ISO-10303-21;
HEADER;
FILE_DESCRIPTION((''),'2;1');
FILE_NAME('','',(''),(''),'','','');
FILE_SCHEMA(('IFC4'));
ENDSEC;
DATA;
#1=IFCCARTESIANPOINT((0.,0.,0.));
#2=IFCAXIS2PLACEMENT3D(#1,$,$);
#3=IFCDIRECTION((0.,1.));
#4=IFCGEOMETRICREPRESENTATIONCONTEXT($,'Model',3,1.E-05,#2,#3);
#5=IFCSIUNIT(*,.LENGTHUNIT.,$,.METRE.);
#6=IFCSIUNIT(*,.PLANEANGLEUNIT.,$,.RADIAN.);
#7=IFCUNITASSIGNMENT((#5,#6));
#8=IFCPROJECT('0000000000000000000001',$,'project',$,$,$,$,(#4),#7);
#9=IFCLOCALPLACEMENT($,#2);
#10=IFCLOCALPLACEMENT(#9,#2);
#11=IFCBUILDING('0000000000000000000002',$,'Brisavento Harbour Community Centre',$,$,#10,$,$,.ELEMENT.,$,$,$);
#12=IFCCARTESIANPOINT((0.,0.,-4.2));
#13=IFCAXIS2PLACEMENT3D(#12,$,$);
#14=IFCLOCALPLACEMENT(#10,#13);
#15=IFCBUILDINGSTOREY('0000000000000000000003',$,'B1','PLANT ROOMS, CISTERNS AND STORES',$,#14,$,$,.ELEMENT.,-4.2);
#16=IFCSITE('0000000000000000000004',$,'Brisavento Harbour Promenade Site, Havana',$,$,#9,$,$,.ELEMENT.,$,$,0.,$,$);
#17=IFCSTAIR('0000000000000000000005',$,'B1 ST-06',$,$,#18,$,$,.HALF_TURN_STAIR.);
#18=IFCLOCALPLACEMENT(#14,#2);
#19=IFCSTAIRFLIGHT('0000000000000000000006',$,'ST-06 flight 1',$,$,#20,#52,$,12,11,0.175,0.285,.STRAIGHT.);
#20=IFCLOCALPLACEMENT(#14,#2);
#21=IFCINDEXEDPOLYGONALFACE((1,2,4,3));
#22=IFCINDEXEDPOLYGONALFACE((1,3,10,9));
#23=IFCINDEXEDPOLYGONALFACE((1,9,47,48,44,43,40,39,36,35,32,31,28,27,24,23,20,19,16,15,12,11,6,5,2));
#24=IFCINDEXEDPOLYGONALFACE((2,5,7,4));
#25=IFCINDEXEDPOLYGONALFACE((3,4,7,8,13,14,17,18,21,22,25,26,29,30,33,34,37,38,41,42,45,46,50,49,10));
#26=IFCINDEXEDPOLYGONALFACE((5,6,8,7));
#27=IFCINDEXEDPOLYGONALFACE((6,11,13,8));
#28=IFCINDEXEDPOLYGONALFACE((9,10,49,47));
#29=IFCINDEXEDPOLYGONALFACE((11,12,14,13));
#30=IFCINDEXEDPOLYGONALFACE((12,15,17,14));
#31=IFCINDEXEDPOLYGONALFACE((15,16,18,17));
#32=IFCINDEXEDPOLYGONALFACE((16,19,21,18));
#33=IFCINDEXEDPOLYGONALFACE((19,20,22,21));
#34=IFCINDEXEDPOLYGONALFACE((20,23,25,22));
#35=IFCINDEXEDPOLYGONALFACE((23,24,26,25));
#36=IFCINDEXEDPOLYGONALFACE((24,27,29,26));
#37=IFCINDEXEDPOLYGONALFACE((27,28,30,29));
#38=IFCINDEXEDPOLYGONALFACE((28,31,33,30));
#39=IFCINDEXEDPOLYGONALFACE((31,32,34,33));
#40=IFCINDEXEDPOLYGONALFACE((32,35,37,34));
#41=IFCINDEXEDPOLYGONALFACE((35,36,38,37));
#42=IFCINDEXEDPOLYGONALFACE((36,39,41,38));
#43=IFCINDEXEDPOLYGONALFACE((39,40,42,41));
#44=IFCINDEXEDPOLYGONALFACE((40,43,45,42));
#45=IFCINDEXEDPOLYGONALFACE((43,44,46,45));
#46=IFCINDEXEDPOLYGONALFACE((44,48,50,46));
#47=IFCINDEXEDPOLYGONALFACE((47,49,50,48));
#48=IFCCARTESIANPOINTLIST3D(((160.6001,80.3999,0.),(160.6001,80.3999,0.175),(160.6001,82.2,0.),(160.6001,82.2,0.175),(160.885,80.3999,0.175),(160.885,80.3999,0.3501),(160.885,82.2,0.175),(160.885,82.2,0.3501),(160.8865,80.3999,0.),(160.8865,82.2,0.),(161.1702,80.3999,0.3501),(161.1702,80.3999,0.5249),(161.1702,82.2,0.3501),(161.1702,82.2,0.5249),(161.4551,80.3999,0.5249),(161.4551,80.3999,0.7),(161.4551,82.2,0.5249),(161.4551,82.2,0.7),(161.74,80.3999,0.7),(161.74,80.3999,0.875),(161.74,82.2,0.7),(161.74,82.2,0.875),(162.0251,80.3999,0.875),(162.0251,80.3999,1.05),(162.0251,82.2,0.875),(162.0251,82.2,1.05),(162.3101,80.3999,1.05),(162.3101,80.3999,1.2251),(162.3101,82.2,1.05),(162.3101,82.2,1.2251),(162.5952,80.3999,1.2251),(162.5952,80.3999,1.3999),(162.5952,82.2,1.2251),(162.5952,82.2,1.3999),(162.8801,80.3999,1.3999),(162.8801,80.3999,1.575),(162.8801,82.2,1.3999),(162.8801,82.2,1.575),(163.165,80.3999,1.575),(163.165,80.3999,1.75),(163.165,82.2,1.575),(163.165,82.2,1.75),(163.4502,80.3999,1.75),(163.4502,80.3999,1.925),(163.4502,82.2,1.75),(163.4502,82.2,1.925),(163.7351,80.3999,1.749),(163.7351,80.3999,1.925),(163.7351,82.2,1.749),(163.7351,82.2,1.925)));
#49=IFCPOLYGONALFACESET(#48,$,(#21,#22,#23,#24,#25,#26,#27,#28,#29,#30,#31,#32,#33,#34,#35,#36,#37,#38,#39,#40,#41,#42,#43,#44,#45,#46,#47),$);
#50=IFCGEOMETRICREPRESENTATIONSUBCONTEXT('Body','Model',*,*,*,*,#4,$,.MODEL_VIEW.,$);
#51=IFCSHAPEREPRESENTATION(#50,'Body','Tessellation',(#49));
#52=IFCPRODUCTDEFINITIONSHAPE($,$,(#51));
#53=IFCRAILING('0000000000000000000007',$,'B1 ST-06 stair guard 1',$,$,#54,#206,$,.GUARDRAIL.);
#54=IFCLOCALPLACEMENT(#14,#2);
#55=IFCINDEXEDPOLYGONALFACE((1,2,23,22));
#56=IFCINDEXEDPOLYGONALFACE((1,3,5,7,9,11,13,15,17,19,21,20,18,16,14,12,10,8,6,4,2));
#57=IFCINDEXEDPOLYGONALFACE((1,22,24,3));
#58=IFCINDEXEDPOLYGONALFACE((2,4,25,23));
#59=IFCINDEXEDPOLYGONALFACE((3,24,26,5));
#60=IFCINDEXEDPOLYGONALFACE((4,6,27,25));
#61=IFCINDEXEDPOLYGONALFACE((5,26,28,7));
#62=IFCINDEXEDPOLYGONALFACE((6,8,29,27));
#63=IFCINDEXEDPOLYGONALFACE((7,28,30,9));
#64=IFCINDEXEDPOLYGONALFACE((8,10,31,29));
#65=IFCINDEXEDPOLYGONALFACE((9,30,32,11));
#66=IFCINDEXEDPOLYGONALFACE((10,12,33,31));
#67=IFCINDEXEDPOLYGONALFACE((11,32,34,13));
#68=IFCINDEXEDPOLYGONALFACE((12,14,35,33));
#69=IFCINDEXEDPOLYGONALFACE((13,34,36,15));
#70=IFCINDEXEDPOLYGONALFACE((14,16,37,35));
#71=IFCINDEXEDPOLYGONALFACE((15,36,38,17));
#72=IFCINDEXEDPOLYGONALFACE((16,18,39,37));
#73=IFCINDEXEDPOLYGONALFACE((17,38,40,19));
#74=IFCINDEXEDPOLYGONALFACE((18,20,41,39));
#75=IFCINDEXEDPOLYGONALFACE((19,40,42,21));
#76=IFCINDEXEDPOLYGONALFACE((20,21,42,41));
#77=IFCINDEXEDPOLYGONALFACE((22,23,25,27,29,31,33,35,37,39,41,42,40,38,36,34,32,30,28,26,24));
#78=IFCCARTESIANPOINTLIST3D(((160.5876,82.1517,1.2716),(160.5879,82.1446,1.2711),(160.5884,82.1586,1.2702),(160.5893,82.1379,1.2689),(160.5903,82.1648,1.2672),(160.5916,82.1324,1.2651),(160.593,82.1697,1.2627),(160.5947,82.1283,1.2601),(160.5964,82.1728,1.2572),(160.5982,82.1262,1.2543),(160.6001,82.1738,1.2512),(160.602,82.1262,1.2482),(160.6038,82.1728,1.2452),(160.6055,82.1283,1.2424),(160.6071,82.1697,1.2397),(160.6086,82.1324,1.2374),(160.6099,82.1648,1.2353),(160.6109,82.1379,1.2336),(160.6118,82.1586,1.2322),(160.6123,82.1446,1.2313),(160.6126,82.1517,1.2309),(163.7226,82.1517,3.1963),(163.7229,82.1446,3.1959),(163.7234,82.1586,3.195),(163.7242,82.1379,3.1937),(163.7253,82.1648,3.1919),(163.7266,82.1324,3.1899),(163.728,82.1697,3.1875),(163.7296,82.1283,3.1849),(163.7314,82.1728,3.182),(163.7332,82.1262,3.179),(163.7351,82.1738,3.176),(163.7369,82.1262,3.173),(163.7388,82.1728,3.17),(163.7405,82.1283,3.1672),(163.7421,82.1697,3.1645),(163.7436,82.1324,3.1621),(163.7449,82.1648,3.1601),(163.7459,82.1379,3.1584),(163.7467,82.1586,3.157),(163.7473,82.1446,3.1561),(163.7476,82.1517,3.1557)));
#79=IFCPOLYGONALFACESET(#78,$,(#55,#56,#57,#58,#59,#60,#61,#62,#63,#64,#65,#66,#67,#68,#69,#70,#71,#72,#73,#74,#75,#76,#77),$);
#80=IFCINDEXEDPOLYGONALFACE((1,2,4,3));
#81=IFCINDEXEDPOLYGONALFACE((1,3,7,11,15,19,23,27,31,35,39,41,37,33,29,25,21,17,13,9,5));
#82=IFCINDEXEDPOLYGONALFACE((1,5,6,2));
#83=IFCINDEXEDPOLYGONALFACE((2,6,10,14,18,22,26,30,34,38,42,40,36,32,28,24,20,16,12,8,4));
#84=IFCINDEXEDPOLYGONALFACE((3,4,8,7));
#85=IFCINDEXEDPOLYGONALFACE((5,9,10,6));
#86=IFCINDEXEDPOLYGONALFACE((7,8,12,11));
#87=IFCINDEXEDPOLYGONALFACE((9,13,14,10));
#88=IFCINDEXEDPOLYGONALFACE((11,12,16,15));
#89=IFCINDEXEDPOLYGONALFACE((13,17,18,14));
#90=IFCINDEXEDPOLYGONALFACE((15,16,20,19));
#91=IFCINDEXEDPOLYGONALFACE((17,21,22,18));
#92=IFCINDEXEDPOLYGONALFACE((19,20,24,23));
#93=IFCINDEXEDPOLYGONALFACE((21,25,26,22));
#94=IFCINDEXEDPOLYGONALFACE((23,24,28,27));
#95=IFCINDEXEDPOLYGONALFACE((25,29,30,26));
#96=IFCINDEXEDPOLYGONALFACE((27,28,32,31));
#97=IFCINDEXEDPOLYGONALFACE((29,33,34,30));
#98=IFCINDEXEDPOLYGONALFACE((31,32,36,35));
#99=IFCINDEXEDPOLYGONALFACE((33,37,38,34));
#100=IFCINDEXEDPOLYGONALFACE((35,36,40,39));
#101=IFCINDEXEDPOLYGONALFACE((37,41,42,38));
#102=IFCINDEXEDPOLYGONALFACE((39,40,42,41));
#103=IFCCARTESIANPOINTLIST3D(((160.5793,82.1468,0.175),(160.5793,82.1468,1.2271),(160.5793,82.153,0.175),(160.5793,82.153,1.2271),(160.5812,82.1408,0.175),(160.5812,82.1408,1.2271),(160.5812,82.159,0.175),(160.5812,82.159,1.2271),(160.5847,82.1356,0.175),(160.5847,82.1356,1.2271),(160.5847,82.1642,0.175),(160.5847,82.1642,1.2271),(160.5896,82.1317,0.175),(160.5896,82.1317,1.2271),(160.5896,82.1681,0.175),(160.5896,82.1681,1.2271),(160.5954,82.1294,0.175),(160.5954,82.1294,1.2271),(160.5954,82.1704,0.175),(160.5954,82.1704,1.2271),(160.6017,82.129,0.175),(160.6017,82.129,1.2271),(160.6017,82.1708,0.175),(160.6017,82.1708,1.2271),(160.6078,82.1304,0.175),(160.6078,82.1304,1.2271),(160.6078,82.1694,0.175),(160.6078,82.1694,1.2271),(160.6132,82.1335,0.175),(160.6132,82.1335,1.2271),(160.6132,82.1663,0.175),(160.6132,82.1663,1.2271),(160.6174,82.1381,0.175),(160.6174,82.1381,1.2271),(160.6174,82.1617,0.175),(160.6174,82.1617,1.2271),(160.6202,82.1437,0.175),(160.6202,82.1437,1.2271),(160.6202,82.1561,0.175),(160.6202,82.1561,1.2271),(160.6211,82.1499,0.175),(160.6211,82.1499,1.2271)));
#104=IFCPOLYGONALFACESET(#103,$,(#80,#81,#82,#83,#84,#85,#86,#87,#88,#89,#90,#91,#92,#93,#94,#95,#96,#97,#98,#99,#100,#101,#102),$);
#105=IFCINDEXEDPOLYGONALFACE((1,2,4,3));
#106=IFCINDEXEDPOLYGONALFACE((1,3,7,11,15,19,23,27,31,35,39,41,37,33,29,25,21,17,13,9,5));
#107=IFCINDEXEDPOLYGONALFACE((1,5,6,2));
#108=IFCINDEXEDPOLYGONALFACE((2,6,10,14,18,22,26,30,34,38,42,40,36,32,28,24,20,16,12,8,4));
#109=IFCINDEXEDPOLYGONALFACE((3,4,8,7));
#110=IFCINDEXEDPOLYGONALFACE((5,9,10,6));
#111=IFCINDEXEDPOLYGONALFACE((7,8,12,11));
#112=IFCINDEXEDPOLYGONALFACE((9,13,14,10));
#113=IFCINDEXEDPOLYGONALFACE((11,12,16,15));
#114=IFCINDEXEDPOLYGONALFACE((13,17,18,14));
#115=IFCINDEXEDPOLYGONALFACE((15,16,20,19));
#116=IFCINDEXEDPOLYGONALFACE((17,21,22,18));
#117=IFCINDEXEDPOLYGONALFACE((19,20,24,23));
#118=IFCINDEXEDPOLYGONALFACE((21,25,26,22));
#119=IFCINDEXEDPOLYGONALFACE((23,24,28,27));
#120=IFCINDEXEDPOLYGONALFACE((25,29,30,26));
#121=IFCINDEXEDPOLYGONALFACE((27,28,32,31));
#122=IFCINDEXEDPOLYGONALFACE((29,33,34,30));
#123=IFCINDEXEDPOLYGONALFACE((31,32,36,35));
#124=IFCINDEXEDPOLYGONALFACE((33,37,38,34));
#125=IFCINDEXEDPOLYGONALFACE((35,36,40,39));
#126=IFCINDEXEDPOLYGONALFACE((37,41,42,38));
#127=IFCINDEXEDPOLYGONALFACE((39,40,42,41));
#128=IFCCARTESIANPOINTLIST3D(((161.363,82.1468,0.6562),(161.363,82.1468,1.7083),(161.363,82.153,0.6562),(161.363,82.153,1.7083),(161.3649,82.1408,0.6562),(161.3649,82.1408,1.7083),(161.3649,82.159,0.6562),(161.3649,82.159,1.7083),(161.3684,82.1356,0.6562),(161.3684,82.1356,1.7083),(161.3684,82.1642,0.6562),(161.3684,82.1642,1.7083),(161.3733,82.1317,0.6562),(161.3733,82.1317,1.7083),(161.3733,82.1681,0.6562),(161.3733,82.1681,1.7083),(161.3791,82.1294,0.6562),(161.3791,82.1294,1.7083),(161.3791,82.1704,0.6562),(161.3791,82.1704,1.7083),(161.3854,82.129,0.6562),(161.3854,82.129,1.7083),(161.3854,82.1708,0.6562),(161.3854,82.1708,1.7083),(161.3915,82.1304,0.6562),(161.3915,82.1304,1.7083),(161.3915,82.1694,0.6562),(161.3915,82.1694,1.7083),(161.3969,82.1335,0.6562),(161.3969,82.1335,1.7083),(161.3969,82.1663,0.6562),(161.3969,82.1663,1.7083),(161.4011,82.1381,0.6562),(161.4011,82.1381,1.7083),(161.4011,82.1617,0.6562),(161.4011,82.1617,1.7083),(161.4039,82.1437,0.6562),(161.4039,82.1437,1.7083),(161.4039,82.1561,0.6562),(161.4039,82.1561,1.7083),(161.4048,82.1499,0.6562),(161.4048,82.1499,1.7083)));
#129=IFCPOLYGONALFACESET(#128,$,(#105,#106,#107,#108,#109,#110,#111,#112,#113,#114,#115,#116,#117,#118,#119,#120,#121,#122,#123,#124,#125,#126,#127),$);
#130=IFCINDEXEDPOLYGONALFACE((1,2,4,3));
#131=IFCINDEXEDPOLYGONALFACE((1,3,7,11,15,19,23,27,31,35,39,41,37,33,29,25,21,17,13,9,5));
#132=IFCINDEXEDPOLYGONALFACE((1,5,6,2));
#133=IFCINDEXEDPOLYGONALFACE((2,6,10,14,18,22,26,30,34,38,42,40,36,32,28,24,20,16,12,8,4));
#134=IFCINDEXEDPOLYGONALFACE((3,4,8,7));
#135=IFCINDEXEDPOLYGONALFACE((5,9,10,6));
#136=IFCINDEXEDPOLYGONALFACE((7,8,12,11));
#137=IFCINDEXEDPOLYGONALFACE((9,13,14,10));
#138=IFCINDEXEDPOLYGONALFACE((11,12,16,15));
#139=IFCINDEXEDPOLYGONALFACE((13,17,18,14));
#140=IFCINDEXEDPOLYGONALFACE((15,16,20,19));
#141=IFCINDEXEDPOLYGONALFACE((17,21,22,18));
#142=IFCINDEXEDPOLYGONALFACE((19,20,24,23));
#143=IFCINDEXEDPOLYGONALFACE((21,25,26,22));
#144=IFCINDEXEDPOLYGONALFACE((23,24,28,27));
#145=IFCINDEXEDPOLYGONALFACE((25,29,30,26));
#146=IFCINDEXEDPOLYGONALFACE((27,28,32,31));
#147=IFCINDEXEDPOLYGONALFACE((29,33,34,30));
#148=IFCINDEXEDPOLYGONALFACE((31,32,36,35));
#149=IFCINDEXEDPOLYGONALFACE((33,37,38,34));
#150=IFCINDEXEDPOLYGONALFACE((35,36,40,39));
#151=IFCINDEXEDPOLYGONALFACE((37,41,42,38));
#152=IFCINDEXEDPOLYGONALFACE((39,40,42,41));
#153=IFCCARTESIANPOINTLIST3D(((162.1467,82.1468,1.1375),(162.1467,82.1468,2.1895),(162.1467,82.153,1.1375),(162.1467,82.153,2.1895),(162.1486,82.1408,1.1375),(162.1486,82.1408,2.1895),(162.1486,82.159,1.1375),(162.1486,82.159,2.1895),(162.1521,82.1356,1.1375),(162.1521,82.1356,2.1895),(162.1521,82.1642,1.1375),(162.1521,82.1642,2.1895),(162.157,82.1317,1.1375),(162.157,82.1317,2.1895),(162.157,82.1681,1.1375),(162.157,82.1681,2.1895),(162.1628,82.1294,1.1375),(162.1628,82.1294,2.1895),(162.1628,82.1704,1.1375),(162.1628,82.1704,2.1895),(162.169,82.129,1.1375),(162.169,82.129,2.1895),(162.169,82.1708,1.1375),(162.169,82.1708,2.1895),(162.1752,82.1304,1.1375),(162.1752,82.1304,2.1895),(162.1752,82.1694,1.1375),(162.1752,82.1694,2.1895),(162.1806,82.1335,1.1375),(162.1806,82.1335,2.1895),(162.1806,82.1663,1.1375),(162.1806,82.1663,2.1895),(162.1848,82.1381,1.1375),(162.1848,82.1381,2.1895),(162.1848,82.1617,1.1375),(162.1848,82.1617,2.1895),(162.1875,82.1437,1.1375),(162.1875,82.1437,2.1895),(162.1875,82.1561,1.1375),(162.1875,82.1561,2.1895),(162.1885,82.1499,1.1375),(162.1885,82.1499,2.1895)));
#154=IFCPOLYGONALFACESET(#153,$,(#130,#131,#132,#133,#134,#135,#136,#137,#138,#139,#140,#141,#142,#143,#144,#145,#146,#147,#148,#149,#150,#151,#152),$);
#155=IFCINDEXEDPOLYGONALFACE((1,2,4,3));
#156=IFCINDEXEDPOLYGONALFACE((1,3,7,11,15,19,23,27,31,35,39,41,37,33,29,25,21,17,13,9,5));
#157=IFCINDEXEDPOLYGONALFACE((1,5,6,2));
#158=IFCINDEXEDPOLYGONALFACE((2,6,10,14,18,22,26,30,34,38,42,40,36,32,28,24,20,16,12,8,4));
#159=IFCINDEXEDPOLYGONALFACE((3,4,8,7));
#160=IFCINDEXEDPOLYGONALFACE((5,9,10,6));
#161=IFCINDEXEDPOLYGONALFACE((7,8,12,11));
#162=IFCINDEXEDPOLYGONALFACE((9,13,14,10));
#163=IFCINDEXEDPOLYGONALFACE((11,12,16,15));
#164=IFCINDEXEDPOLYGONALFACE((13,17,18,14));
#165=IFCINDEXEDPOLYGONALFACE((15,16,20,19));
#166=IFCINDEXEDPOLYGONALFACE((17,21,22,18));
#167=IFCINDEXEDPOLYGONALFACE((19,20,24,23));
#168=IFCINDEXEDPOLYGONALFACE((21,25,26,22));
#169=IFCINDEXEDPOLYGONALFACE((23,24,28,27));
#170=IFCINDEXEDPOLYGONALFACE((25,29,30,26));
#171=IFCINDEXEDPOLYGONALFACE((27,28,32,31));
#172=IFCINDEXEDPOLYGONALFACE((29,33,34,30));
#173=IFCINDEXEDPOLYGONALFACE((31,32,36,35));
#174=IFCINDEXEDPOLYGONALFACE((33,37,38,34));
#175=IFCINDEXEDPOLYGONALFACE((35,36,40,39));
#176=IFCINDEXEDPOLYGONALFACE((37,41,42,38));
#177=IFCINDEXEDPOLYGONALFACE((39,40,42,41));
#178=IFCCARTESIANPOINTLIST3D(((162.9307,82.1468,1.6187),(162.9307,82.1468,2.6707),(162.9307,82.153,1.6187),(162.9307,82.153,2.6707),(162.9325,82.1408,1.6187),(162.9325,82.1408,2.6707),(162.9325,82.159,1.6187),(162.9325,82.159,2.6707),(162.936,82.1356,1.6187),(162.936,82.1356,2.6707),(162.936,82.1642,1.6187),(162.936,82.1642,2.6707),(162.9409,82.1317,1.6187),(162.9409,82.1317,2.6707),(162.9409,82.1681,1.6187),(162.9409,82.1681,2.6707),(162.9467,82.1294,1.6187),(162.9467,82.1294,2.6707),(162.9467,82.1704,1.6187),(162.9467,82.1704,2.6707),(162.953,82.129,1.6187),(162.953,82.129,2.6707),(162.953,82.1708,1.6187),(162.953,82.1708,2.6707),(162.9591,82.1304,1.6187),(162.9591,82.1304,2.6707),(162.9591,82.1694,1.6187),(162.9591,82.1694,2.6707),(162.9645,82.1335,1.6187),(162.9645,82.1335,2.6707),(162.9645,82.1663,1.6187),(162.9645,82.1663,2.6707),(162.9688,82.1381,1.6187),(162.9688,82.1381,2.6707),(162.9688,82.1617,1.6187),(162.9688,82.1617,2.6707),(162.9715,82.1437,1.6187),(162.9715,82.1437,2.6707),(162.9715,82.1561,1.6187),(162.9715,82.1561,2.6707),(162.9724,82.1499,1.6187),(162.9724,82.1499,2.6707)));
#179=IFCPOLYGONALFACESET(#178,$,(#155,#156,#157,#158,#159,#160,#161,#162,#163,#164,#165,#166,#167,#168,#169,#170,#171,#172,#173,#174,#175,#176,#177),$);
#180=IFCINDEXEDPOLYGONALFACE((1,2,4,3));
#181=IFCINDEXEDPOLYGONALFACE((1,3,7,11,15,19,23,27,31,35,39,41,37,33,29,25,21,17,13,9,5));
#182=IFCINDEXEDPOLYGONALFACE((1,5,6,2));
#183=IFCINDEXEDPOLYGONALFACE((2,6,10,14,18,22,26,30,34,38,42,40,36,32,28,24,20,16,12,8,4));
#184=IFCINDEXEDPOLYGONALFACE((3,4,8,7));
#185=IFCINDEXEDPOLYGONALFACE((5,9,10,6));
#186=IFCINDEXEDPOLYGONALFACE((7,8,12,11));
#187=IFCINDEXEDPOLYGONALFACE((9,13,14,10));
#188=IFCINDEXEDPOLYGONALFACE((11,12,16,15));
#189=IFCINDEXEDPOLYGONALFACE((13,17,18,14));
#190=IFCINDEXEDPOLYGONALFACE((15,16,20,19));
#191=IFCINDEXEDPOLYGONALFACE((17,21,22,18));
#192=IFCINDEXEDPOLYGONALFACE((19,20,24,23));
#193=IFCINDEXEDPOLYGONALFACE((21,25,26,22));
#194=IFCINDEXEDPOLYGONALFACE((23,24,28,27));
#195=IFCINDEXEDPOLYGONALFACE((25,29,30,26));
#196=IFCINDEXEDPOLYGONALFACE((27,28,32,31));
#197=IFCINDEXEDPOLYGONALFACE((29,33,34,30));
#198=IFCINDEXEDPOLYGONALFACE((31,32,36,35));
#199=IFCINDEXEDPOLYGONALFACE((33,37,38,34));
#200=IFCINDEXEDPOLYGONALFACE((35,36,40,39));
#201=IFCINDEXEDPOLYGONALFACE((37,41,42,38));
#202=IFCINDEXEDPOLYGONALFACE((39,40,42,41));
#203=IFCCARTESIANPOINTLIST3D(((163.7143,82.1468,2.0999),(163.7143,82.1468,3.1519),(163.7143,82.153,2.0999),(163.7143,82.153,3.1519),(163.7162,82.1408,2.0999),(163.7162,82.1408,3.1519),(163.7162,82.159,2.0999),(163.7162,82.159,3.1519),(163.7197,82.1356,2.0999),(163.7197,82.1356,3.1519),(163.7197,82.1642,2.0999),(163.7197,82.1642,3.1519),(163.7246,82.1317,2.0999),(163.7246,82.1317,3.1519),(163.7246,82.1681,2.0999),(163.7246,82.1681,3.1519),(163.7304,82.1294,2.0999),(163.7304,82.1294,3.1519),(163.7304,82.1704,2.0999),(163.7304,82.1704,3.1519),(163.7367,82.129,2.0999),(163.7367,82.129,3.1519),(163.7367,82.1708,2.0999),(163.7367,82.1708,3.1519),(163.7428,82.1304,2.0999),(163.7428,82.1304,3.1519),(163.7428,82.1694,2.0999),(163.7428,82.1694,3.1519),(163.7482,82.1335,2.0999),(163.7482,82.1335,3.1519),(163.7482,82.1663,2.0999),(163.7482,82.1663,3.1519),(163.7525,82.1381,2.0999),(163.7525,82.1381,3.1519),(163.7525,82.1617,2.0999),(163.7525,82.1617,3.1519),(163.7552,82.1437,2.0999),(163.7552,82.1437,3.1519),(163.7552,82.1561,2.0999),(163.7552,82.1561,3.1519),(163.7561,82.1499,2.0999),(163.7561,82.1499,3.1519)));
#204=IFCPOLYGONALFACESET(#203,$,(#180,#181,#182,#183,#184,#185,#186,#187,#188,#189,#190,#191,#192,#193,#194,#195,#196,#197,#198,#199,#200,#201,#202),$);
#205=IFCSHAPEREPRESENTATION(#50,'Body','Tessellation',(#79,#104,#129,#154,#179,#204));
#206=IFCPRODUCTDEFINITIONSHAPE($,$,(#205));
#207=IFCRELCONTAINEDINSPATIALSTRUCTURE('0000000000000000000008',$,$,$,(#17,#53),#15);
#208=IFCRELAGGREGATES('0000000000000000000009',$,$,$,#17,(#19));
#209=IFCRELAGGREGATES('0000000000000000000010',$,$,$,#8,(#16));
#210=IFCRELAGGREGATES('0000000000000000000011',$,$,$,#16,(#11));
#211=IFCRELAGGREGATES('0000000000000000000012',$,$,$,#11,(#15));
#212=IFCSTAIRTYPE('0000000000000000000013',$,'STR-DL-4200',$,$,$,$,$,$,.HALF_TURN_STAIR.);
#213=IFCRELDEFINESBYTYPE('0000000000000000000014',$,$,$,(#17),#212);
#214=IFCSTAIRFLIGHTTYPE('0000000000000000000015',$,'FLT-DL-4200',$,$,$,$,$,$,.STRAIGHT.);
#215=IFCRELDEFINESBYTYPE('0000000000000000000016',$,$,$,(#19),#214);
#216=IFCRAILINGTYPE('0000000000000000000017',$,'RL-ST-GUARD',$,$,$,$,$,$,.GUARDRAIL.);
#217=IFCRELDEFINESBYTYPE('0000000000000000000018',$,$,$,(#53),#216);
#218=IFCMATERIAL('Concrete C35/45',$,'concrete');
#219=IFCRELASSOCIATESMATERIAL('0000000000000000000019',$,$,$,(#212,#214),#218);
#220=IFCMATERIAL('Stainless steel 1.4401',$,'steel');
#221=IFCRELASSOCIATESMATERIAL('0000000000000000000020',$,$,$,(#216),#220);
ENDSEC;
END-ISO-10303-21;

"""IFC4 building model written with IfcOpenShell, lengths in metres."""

from ifc_helpers import new_model, si_unit, direction, frame, origin, origin_2d, place, context, subcontext, project, spatial, polyline, circle, outline, extrude, material, type_object, element, aggregate, save


model = new_model("IFC4")

# Units and contexts
model_context = context("Model", 3, precision=1e-05, world=origin(), true_north=direction((0.0, 1.0)))
body_context = subcontext(model_context, "Body", "Model", "MODEL_VIEW")
ifc_project = project(units=[si_unit("LENGTHUNIT", "METRE"), si_unit("PLANEANGLEUNIT", "RADIAN")], contexts=[model_context])

# Site, building, storey
site_placement = place(None, origin())
site = spatial("IfcSite", under=ifc_project, at=site_placement, Name="Brisavento Harbour Promenade Site, Havana", CompositionType="ELEMENT", RefElevation=0.0)
building_placement = place(site_placement, origin())
building = spatial("IfcBuilding", under=site, at=building_placement, Name="Brisavento Harbour Community Centre", CompositionType="ELEMENT")
storey_placement = place(building_placement, frame((0.0, 0.0, -4.2)))
storey = spatial("IfcBuildingStorey", under=building, at=storey_placement, Name="B1", Description="PLANT ROOMS, CISTERNS AND STORES", CompositionType="ELEMENT", Elevation=-4.2)

# Shared definitions
ifc_material_1 = material(Name="Concrete C35/45", Category="concrete")

# Stair, stair flight
stair_type = type_object("IfcStairType", Name="STR-DL-4200", PredefinedType="HALF_TURN_STAIR", material=ifc_material_1)
stair_placement = place(storey_placement, origin())
stair = element("IfcStair", 1, at=stair_placement, inside=storey, type_object=stair_type, Name="B1 ST-06", PredefinedType="HALF_TURN_STAIR")
stair_flight_type = type_object("IfcStairFlightType", Name="FLT-DL-4200", PredefinedType="STRAIGHT", material=ifc_material_1)
stair_flight_placement = place(storey_placement, frame((160.6001, 81.3, 0.0), z_axis=(0.0, 0.0, 1.0), x_axis=(1.0, 0.0, 0.0)))
stair_flight = element("IfcStairFlight", 2, at=stair_flight_placement, type_object=stair_flight_type, Name="ST-06 flight 1", NumberOfRisers=12, NumberOfTreads=11, PredefinedType="STRAIGHT", RiserHeight=0.175, TreadLength=0.285, context=body_context, shape_type="SweptSolid", body=[
    extrude(outline(polyline([(0.0, 0.0), (0.0, 0.175), (0.2849, 0.175), (0.2849, 0.3501), (0.5701, 0.3501), (0.5701, 0.5249), (0.855, 0.5249), (0.855, 0.7), (1.1399, 0.7), (1.1399, 0.875), (1.425, 0.875), (1.425, 1.05), (1.71, 1.05), (1.71, 1.2251), (1.9951, 1.2251), (1.9951, 1.3999), (2.28, 1.3999), (2.28, 1.575), (2.5649, 1.575), (2.5649, 1.75), (2.8501, 1.75), (2.8501, 1.925), (3.135, 1.925), (3.135, 2.1001), (3.135, 1.749), (0.2864, 0.0), (0.0, 0.0)])), frame((0.0, 0.8999, 0.0), z_axis=(0.0, -1.0, 0.0), x_axis=(1.0, 0.0, 0.0)), (0.0, 0.0, 1.0), 1.8),
])
aggregate(stair, [stair_flight])

# Railing
ifc_material_2 = material(Name="Stainless steel 1.4401", Category="steel")
railing_type_1 = type_object("IfcRailingType", Name="RL-ST-GUARD", PredefinedType="GUARDRAIL", material=ifc_material_2)
railing_1_placement = place(storey_placement, frame((160.6001, 82.1499, 0.175)))
element("IfcRailing", 3, at=railing_1_placement, inside=storey, type_object=railing_type_1, Name="B1 ST-06 stair guard 1", PredefinedType="GUARDRAIL", context=body_context, shape_type="SweptSolid", body=[
    extrude(circle(Radius=0.0239, at=origin_2d()), frame((0.0, 0.0, 1.0762), z_axis=(0.852196, 0.0, 0.523223), x_axis=(0.0, 1.0, 0.0)), (0.0, 0.0, 1.0), 3.6787),
    extrude(circle(Radius=0.021, at=origin_2d()), origin(), (0.0, 0.0, 1.0), 1.052),
    extrude(circle(Radius=0.021, at=origin_2d()), frame((0.7837, 0.0, 0.4812)), (0.0, 0.0, 1.0), 1.052),
    extrude(circle(Radius=0.021, at=origin_2d()), frame((1.5674, 0.0, 0.9624)), (0.0, 0.0, 1.0), 1.052),
    extrude(circle(Radius=0.021, at=origin_2d()), frame((2.3513, 0.0, 1.4436)), (0.0, 0.0, 1.0), 1.052),
    extrude(circle(Radius=0.021, at=origin_2d()), frame((3.135, 0.0, 1.9248)), (0.0, 0.0, 1.0), 1.052),
])

save(model, "model.ifc")
